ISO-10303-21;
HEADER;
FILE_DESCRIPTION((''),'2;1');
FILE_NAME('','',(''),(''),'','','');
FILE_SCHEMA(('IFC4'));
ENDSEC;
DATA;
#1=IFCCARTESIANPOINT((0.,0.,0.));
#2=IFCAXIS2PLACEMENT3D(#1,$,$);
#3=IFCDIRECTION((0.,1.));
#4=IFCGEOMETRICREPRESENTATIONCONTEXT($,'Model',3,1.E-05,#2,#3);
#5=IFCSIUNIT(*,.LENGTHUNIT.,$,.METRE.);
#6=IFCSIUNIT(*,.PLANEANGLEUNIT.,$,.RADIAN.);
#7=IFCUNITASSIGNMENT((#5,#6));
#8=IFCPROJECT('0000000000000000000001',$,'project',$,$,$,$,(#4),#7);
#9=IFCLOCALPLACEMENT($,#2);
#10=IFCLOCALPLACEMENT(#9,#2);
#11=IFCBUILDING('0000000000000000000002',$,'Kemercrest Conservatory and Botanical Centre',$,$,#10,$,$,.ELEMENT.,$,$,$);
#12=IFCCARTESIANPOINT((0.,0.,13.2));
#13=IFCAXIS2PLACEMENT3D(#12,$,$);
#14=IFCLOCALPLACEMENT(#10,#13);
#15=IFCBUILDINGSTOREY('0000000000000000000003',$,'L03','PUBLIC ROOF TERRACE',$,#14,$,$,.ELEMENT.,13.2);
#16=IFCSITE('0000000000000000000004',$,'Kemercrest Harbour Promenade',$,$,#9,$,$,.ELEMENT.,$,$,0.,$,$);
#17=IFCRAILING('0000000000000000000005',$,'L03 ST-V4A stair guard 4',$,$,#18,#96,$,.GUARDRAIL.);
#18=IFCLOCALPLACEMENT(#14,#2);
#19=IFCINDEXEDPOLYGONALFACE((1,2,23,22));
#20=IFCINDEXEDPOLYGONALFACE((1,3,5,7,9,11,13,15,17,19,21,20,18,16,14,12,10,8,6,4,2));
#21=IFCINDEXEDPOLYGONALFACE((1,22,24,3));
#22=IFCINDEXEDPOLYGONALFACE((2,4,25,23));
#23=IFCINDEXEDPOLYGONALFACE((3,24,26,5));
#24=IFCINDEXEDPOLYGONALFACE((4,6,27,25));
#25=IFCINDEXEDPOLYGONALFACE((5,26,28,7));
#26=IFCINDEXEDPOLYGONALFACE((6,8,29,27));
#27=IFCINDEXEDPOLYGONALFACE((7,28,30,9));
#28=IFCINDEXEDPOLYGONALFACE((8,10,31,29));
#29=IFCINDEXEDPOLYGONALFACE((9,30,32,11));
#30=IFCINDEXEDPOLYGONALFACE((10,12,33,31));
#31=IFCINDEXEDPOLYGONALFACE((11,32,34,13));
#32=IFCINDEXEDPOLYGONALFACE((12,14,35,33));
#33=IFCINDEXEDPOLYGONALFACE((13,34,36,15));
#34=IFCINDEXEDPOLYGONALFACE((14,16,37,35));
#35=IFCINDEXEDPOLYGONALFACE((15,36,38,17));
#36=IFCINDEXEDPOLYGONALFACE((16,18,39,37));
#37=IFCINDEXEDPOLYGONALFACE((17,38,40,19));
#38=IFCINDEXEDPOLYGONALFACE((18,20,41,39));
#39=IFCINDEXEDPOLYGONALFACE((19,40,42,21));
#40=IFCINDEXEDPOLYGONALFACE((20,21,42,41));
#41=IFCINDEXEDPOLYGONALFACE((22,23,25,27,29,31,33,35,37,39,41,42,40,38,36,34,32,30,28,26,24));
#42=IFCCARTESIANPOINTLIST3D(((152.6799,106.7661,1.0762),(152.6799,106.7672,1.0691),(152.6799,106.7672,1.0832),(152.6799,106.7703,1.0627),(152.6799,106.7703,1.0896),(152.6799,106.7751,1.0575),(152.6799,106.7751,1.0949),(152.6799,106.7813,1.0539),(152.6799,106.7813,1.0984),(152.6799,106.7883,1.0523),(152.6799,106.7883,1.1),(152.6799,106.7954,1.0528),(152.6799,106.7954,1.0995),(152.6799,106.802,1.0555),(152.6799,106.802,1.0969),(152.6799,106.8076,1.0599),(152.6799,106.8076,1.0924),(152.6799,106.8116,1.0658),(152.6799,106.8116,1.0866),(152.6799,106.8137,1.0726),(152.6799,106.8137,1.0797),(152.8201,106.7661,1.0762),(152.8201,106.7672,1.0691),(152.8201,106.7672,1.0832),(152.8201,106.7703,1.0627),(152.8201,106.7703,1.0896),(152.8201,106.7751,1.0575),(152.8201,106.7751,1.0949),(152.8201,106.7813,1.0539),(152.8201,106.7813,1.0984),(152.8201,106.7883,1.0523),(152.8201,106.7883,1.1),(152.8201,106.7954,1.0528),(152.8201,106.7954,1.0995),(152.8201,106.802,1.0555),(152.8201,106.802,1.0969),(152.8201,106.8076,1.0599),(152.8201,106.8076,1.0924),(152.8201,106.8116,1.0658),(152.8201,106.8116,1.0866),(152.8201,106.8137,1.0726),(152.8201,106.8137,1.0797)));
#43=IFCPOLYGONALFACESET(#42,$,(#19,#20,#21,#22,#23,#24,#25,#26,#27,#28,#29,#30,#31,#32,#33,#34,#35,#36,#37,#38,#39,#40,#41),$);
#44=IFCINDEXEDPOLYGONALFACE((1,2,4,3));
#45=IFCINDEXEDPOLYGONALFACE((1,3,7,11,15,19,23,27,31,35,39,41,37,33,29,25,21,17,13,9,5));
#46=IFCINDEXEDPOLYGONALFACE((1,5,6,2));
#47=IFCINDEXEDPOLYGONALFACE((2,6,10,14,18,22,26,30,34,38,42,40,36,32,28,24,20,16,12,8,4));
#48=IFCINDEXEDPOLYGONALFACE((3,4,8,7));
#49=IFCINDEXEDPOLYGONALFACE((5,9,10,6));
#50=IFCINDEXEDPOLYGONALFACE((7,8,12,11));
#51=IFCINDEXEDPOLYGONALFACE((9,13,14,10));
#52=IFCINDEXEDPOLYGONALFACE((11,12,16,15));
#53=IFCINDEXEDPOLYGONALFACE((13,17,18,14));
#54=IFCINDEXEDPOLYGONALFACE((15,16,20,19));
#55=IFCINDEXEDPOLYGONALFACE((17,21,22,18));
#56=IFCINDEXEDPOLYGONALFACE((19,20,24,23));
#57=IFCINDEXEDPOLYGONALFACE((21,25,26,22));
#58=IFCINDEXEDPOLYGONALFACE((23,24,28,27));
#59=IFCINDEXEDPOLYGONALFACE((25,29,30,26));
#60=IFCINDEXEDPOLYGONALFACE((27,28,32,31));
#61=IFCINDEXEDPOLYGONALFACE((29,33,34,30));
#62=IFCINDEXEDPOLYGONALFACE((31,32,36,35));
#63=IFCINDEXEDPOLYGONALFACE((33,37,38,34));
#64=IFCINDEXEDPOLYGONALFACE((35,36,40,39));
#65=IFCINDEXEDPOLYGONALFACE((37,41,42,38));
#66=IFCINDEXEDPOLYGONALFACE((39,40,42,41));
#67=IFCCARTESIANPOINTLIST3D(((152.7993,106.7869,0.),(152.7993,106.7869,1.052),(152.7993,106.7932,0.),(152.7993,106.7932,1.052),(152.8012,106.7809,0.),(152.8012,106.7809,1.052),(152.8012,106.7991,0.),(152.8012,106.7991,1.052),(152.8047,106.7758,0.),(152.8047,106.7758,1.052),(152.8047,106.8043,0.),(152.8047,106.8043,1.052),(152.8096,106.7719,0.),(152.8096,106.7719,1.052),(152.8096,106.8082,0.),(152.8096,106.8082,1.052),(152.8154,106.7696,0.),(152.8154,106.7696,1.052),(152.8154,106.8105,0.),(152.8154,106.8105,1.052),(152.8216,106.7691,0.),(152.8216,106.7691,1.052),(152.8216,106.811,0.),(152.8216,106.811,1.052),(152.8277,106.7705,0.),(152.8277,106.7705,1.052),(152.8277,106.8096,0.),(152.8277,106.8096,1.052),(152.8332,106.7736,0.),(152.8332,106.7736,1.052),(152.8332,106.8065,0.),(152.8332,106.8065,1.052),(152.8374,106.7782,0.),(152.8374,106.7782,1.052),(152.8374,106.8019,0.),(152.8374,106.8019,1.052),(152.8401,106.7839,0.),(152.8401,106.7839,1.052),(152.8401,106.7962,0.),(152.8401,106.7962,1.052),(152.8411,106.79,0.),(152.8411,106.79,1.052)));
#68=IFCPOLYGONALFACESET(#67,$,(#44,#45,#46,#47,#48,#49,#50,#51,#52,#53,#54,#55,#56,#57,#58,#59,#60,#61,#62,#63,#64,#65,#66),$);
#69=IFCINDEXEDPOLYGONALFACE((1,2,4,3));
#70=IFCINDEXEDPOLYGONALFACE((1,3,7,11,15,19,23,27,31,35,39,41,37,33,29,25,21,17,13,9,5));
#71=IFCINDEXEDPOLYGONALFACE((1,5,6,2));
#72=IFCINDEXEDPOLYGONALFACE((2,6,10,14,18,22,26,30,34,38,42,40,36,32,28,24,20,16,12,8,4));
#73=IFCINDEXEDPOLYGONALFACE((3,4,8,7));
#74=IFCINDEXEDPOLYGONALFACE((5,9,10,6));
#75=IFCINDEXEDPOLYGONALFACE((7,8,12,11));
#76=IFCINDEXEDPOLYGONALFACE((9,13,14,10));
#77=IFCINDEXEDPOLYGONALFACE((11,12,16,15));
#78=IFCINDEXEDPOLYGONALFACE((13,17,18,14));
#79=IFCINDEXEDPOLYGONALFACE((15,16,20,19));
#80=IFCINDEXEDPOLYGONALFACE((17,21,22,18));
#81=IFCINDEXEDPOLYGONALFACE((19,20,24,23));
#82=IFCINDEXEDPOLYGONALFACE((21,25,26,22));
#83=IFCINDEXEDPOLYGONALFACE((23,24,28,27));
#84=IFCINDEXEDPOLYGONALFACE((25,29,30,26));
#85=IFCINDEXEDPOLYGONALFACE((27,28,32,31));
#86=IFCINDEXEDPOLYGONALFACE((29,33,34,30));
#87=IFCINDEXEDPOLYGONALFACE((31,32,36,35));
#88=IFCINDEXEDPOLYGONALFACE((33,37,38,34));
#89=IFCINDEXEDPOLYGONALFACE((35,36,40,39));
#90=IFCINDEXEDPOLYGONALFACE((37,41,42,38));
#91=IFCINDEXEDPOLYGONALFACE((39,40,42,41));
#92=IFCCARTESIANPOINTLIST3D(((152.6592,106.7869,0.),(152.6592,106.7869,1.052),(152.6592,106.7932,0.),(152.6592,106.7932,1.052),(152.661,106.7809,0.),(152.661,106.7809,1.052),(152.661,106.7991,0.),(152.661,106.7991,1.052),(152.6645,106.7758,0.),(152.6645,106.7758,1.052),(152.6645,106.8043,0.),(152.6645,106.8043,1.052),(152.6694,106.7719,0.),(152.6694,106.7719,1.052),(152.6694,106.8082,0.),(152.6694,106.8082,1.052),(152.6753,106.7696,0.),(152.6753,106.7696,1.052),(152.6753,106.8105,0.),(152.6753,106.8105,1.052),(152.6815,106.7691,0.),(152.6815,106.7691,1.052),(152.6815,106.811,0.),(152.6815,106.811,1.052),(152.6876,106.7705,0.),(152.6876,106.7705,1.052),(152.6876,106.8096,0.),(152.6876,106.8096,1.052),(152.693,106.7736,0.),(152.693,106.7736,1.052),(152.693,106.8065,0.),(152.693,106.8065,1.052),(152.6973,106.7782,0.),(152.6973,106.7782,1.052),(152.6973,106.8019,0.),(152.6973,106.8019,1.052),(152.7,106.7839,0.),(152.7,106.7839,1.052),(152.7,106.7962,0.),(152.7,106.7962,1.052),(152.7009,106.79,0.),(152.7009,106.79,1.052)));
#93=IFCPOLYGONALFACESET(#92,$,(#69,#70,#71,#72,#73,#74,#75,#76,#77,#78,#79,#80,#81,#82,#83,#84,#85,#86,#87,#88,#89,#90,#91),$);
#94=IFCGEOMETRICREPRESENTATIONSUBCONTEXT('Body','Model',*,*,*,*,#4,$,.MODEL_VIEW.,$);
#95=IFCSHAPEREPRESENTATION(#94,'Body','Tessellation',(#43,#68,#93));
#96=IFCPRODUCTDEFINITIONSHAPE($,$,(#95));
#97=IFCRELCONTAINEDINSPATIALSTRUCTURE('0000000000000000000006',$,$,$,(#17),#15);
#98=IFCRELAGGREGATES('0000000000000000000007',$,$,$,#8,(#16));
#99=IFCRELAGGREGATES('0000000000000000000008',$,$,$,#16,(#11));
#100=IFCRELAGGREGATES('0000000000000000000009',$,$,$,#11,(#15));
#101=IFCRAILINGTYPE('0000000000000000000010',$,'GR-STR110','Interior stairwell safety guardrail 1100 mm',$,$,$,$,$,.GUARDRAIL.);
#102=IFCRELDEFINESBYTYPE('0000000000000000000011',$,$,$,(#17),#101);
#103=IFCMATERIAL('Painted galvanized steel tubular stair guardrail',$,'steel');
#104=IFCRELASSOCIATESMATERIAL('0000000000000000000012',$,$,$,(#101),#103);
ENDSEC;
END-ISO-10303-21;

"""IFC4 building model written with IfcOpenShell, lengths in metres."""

from ifc_helpers import new_model, si_unit, direction, frame, origin, origin_2d, place, context, subcontext, project, spatial, circle, extrude, material, type_object, element, save


model = new_model("IFC4")

# Units and contexts
model_context = context("Model", 3, precision=1e-05, world=origin(), true_north=direction((0.0, 1.0)))
body_context = subcontext(model_context, "Body", "Model", "MODEL_VIEW")
ifc_project = project(units=[si_unit("LENGTHUNIT", "METRE"), si_unit("PLANEANGLEUNIT", "RADIAN")], contexts=[model_context])

# Site, building, storey
site_placement = place(None, origin())
site = spatial("IfcSite", under=ifc_project, at=site_placement, Name="Kemercrest Harbour Promenade", CompositionType="ELEMENT", RefElevation=0.0)
building_placement = place(site_placement, origin())
building = spatial("IfcBuilding", under=site, at=building_placement, Name="Kemercrest Conservatory and Botanical Centre", CompositionType="ELEMENT")
storey_placement = place(building_placement, frame((0.0, 0.0, 13.2)))
storey = spatial("IfcBuildingStorey", under=building, at=storey_placement, Name="L03", Description="PUBLIC ROOF TERRACE", CompositionType="ELEMENT", Elevation=13.2)

# Railing
ifc_material_1 = material(Name="Painted galvanized steel tubular stair guardrail", Category="steel")
railing_type_1 = type_object("IfcRailingType", Name="GR-STR110", Description="Interior stairwell safety guardrail 1100 mm", PredefinedType="GUARDRAIL", material=ifc_material_1)
railing_1_placement = place(storey_placement, frame((152.8201, 106.79, 0.0)))
element("IfcRailing", 1, at=railing_1_placement, inside=storey, type_object=railing_type_1, Name="L03 ST-V4A stair guard 4", PredefinedType="GUARDRAIL", context=body_context, shape_type="SweptSolid", body=[
    extrude(circle(Radius=0.0239, at=origin_2d()), frame((0.0, 0.0, 1.0762), z_axis=(-1.0, 0.0, 0.0), x_axis=(0.0, -1.0, 0.0)), (0.0, 0.0, 1.0), 0.1401),
    extrude(circle(Radius=0.021, at=origin_2d()), origin(), (0.0, 0.0, 1.0), 1.052),
    extrude(circle(Radius=0.021, at=origin_2d()), frame((-0.1401, 0.0, 0.0)), (0.0, 0.0, 1.0), 1.052),
])

save(model, "model.ifc")
